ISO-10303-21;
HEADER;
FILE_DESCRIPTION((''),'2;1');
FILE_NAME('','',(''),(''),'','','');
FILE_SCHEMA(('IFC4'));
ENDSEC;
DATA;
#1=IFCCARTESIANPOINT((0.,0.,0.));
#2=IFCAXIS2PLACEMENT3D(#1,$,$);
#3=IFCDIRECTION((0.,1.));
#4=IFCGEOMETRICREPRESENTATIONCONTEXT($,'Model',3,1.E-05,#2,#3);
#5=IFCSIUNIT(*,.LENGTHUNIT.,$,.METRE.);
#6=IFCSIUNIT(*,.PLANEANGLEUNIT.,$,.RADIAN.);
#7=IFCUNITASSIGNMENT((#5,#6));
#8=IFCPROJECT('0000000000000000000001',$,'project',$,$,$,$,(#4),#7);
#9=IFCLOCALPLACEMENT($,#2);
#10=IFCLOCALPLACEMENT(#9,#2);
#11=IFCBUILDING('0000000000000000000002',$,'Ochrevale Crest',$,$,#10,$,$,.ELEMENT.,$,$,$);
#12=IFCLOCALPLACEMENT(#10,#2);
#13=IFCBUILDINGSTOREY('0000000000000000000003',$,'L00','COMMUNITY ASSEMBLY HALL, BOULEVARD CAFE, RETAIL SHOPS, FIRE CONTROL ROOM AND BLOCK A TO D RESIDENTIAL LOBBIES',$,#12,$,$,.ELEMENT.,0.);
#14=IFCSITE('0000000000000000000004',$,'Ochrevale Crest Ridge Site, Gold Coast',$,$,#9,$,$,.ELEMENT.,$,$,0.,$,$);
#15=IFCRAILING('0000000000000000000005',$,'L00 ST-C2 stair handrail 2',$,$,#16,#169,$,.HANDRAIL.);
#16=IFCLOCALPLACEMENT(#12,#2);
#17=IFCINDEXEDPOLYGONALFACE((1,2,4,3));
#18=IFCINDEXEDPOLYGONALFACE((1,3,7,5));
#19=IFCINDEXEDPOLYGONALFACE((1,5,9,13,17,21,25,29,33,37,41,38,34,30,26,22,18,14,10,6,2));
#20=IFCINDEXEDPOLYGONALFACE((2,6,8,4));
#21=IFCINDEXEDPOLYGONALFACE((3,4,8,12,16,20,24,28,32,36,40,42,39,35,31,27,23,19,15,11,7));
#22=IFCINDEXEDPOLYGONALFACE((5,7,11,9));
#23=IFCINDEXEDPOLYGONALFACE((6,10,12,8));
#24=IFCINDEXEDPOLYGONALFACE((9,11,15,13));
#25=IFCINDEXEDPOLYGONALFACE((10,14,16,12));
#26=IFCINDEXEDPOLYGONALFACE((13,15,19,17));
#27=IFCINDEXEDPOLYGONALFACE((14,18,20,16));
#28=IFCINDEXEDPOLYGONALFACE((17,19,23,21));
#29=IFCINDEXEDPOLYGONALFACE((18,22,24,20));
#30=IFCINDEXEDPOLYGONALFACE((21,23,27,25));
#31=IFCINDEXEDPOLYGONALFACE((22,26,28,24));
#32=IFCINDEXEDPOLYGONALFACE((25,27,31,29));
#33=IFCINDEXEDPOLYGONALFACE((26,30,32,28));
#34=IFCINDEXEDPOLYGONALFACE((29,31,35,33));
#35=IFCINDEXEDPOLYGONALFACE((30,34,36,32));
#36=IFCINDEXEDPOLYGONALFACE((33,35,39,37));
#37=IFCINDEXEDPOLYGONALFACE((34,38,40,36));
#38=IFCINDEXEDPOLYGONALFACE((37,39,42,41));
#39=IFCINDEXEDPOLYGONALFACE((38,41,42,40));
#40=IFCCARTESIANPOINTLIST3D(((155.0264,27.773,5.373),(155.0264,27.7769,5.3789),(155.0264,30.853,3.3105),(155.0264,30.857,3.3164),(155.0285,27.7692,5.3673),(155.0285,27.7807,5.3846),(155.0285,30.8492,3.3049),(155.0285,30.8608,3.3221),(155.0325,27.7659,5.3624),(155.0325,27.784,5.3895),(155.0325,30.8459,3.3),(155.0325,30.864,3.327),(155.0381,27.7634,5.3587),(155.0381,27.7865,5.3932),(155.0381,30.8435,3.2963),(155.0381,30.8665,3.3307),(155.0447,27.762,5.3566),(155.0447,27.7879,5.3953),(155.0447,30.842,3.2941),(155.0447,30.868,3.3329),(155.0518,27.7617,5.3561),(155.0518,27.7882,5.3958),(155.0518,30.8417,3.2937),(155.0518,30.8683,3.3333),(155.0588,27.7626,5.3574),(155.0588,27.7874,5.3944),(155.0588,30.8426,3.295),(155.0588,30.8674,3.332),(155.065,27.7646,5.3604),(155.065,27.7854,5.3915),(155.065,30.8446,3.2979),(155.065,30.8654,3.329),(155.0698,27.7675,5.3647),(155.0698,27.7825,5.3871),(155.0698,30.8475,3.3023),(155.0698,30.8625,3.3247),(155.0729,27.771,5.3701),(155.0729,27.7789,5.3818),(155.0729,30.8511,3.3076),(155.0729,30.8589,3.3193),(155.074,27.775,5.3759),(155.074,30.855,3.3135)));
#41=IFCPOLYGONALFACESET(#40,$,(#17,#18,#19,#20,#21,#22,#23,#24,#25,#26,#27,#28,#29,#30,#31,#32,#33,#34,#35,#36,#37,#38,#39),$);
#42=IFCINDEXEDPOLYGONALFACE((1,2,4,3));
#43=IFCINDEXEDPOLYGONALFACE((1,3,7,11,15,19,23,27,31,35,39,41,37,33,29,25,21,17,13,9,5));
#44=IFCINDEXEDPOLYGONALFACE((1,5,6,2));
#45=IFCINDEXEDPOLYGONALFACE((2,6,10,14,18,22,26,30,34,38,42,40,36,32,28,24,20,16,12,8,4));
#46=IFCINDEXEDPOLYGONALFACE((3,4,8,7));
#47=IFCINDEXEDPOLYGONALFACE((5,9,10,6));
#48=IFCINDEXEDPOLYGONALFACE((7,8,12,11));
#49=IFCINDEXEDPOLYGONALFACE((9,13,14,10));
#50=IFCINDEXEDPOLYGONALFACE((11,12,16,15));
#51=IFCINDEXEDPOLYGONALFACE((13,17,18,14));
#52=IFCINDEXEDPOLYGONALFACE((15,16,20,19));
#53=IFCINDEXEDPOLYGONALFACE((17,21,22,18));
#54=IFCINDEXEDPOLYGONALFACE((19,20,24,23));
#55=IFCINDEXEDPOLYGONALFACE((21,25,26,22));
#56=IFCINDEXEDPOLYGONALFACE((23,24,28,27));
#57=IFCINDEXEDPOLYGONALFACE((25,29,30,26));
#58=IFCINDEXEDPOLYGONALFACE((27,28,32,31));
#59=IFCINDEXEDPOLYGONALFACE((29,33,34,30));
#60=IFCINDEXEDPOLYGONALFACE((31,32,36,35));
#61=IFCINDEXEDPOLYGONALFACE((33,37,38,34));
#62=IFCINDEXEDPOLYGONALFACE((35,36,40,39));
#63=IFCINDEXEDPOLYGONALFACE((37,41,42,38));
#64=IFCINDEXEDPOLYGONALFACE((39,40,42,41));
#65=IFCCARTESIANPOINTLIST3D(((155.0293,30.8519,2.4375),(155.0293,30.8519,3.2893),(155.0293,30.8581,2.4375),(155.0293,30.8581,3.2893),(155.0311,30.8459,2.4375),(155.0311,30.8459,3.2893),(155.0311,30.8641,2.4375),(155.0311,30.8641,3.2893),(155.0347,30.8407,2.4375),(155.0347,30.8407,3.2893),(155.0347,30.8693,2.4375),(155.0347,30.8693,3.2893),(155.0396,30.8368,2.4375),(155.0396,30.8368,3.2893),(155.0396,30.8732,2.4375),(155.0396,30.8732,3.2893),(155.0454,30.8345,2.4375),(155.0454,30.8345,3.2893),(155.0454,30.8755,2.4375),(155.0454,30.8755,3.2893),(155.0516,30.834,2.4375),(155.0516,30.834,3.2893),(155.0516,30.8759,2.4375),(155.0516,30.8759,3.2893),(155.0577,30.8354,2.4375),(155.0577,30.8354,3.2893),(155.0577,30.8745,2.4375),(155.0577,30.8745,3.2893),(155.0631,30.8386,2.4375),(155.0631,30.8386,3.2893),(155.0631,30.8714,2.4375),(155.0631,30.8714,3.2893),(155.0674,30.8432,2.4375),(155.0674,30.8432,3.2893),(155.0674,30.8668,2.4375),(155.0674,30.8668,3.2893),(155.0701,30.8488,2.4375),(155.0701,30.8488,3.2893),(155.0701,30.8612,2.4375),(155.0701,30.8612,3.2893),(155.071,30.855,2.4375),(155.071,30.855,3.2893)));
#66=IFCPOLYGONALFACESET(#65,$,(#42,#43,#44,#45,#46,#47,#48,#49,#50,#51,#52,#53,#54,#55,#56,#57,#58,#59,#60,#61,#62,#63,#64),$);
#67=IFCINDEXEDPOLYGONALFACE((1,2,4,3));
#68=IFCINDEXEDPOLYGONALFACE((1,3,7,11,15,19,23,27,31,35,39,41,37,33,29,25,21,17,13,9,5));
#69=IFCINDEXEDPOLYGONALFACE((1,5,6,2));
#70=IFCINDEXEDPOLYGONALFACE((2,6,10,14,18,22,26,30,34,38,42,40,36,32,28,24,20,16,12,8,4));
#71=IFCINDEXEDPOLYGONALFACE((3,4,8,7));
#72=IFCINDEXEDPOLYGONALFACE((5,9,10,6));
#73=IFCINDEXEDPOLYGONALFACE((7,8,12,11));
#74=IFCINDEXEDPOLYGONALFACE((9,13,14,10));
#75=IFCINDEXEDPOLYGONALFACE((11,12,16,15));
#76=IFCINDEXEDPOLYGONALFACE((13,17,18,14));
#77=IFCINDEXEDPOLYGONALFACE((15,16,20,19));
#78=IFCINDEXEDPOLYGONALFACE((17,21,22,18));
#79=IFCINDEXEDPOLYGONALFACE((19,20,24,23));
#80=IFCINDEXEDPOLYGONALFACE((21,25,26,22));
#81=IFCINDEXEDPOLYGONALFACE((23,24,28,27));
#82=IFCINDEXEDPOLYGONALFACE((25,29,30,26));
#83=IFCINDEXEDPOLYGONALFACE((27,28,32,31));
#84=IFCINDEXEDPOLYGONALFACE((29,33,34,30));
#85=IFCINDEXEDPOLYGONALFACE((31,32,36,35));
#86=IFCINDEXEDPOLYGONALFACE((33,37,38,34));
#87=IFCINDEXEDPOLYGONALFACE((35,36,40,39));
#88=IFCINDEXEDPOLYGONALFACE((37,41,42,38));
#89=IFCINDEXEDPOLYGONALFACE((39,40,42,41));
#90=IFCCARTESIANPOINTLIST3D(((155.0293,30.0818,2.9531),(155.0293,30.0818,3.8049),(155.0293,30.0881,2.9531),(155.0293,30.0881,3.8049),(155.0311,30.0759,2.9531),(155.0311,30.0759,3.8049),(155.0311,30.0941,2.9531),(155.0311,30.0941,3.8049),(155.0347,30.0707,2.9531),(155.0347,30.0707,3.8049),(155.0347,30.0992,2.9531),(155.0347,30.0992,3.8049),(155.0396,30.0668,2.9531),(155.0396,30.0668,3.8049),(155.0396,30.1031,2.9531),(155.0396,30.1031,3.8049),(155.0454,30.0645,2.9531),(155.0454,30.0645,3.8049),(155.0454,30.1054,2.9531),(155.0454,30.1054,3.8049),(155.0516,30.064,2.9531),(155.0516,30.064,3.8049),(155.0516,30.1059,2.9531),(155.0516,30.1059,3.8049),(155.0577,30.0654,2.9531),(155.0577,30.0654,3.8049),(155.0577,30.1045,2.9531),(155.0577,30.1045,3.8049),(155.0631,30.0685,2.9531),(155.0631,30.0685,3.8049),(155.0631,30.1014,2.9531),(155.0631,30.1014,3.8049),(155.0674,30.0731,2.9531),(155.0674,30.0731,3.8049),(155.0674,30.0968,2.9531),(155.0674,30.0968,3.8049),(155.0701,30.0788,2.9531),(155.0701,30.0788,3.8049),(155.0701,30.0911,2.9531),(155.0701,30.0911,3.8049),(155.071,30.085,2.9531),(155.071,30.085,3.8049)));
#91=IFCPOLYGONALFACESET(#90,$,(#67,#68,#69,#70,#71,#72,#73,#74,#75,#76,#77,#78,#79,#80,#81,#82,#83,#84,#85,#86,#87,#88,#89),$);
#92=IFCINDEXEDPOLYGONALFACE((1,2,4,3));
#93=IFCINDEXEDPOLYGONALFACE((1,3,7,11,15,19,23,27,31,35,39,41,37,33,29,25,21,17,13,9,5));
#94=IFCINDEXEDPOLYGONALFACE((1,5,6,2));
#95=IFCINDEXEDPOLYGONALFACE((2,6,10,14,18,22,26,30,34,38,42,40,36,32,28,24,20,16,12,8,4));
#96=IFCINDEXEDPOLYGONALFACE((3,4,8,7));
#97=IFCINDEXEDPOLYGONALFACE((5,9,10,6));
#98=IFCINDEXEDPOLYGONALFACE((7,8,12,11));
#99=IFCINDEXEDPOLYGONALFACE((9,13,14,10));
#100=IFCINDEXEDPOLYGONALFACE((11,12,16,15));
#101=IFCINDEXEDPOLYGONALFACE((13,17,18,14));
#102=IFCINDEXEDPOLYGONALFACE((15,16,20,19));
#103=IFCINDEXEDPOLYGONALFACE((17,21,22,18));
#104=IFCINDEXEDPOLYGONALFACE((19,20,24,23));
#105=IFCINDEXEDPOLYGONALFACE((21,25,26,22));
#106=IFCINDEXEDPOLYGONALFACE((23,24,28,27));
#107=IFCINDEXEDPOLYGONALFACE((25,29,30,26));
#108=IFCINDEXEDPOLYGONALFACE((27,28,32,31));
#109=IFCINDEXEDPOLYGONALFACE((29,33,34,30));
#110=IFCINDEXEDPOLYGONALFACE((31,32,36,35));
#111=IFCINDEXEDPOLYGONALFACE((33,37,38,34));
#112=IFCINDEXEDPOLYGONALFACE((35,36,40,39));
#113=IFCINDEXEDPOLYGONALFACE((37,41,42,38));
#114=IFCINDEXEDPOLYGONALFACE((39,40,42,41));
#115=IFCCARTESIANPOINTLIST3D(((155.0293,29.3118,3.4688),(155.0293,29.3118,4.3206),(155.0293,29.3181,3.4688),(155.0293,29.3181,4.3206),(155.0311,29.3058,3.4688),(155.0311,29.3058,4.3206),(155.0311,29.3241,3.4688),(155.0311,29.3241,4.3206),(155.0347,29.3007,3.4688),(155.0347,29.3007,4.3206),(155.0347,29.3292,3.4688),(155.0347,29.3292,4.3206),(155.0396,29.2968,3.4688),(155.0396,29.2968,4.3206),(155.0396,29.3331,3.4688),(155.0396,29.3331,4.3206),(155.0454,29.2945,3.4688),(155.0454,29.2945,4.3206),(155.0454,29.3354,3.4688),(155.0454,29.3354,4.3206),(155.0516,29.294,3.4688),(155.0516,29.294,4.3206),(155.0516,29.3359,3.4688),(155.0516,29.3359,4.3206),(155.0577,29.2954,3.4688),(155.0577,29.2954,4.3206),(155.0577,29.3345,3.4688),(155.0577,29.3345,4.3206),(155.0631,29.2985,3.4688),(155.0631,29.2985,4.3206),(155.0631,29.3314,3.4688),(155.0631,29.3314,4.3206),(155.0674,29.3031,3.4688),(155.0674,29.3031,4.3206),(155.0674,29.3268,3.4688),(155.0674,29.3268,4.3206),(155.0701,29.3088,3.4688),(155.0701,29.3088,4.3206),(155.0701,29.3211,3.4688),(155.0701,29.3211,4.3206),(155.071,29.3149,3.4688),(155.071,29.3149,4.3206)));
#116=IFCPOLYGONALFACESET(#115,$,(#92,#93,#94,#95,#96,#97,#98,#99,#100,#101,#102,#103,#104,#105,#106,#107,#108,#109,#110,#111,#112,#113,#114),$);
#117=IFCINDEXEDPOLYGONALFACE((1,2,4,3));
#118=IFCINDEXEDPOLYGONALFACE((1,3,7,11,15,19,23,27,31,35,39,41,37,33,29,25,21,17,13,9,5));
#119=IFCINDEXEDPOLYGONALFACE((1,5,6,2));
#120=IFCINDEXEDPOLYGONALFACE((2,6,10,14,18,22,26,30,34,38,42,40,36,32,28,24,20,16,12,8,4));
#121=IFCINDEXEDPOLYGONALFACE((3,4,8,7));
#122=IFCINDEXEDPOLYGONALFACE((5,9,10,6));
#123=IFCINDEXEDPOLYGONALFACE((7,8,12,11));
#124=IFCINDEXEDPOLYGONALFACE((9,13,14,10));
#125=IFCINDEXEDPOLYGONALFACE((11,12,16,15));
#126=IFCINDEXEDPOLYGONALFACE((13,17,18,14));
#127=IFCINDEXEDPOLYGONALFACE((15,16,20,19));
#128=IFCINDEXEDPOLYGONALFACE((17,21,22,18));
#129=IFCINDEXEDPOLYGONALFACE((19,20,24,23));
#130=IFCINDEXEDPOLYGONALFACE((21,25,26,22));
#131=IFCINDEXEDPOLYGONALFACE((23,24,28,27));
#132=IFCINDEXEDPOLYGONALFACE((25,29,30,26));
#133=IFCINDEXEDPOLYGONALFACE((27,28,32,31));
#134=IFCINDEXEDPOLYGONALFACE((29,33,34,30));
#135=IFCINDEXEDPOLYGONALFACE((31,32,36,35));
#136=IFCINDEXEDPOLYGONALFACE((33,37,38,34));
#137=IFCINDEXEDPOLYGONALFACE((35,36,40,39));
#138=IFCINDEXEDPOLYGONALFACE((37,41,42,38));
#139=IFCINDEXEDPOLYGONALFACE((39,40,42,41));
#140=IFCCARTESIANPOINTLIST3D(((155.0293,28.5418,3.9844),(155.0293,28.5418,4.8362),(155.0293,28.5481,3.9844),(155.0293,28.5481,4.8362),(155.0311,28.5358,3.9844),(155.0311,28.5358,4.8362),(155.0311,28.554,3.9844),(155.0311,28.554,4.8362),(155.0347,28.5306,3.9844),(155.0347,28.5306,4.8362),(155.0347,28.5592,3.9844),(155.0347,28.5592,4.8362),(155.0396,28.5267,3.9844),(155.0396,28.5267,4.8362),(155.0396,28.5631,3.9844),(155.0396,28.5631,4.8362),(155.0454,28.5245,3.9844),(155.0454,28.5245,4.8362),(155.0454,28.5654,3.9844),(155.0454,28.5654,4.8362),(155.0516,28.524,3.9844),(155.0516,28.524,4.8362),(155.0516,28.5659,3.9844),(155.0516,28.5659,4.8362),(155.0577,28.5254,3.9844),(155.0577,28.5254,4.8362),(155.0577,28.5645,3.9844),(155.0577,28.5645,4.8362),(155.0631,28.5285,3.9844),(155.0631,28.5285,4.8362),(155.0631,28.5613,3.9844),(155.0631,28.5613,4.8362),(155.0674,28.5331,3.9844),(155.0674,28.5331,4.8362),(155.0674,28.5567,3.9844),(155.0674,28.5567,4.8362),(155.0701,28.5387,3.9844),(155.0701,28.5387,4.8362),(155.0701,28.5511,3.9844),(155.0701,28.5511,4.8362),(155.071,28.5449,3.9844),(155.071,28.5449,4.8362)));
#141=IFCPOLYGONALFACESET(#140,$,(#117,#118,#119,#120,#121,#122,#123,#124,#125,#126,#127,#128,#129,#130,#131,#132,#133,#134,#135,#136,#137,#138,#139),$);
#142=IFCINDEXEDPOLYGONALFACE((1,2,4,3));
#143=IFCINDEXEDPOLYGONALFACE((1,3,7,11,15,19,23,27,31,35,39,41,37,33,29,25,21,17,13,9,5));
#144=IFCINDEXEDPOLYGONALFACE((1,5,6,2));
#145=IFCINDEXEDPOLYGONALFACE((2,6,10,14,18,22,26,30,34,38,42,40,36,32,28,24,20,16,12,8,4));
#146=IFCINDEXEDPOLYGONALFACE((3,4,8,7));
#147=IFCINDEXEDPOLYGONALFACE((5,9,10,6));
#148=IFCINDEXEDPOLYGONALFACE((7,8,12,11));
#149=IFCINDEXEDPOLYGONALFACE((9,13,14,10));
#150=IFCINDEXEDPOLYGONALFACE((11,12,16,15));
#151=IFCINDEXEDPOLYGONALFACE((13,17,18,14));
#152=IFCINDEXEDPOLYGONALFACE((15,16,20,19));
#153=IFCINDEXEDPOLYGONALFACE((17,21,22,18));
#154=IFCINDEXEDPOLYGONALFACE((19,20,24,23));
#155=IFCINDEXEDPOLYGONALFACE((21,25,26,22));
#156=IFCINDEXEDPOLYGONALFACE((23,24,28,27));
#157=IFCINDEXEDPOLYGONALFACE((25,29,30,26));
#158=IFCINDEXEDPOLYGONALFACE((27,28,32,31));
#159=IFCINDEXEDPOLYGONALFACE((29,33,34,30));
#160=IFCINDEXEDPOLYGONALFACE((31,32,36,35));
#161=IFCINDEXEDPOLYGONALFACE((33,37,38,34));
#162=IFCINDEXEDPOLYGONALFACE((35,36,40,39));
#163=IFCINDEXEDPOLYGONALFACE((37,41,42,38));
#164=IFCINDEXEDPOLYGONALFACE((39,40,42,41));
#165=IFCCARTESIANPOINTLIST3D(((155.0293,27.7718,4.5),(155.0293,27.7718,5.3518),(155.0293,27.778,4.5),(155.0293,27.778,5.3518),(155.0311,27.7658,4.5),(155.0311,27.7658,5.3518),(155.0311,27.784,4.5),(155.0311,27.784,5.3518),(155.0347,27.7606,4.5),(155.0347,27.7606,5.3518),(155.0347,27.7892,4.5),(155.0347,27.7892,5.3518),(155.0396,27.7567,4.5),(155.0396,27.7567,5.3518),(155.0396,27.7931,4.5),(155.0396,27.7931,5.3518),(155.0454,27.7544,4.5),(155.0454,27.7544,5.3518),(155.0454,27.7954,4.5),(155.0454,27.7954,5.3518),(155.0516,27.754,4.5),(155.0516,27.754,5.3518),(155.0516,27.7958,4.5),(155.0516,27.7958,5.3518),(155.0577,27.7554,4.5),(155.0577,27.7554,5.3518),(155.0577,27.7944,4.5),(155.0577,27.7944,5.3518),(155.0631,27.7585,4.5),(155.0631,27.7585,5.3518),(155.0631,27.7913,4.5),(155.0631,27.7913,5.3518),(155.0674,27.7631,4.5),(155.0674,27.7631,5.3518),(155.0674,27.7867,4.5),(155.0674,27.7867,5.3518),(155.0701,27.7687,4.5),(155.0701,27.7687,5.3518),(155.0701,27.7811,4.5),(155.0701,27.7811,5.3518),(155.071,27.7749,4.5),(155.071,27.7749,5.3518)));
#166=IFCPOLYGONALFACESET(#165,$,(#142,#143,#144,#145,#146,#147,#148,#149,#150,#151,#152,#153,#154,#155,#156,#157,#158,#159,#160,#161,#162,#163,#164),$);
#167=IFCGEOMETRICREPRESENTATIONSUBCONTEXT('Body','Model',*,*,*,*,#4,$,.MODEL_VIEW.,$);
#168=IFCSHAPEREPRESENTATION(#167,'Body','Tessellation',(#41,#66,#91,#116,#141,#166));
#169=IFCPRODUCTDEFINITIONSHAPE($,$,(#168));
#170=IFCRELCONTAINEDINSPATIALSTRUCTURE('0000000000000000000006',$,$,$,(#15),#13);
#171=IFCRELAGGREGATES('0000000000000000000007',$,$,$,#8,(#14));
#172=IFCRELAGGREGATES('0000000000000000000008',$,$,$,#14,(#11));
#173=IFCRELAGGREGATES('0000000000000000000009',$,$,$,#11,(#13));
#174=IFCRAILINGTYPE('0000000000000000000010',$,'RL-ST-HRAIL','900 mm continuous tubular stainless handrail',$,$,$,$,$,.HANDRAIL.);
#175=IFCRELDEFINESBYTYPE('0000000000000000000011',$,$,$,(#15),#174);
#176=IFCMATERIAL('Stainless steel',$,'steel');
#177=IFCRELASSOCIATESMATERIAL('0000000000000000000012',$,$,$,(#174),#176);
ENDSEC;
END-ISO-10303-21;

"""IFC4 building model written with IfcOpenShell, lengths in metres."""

from ifc_helpers import new_model, si_unit, direction, frame, origin, origin_2d, place, context, subcontext, project, spatial, circle, extrude, material, type_object, element, save


model = new_model("IFC4")

# Units and contexts
model_context = context("Model", 3, precision=1e-05, world=origin(), true_north=direction((0.0, 1.0)))
body_context = subcontext(model_context, "Body", "Model", "MODEL_VIEW")
ifc_project = project(units=[si_unit("LENGTHUNIT", "METRE"), si_unit("PLANEANGLEUNIT", "RADIAN")], contexts=[model_context])

# Site, building, storey
site_placement = place(None, origin())
site = spatial("IfcSite", under=ifc_project, at=site_placement, Name="Ochrevale Crest Ridge Site, Gold Coast", CompositionType="ELEMENT", RefElevation=0.0)
building_placement = place(site_placement, origin())
building = spatial("IfcBuilding", under=site, at=building_placement, Name="Ochrevale Crest", CompositionType="ELEMENT")
storey_placement = place(building_placement, origin())
storey = spatial("IfcBuildingStorey", under=building, at=storey_placement, Name="L00", Description="COMMUNITY ASSEMBLY HALL, BOULEVARD CAFE, RETAIL SHOPS, FIRE CONTROL ROOM AND BLOCK A TO D RESIDENTIAL LOBBIES", CompositionType="ELEMENT", Elevation=0.0)

# Railing
ifc_material_1 = material(Name="Stainless steel", Category="steel")
railing_type_1 = type_object("IfcRailingType", Name="RL-ST-HRAIL", Description="900 mm continuous tubular stainless handrail", PredefinedType="HANDRAIL", material=ifc_material_1)
railing_1_placement = place(storey_placement, frame((155.05, 30.855, 2.4375)))
element("IfcRailing", 1, at=railing_1_placement, inside=storey, type_object=railing_type_1, Name="L00 ST-C2 stair handrail 2", PredefinedType="HANDRAIL", context=body_context, shape_type="SweptSolid", body=[
    extrude(circle(Radius=0.0239, at=origin_2d()), frame((0.0, 0.0, 0.876), z_axis=(0.0, -0.830914, 0.556401), x_axis=(1.0, 0.0, 0.0)), (0.0, 0.0, 1.0), 3.7068),
    extrude(circle(Radius=0.021, at=origin_2d()), origin(), (0.0, 0.0, 1.0), 0.8518),
    extrude(circle(Radius=0.021, at=origin_2d()), frame((0.0, -0.77, 0.5156)), (0.0, 0.0, 1.0), 0.8518),
    extrude(circle(Radius=0.021, at=origin_2d()), frame((0.0, -1.54, 1.0312)), (0.0, 0.0, 1.0), 0.8518),
    extrude(circle(Radius=0.021, at=origin_2d()), frame((0.0, -2.3101, 1.5469)), (0.0, 0.0, 1.0), 0.8518),
    extrude(circle(Radius=0.021, at=origin_2d()), frame((0.0, -3.0801, 2.0625)), (0.0, 0.0, 1.0), 0.8518),
])

save(model, "model.ifc")
